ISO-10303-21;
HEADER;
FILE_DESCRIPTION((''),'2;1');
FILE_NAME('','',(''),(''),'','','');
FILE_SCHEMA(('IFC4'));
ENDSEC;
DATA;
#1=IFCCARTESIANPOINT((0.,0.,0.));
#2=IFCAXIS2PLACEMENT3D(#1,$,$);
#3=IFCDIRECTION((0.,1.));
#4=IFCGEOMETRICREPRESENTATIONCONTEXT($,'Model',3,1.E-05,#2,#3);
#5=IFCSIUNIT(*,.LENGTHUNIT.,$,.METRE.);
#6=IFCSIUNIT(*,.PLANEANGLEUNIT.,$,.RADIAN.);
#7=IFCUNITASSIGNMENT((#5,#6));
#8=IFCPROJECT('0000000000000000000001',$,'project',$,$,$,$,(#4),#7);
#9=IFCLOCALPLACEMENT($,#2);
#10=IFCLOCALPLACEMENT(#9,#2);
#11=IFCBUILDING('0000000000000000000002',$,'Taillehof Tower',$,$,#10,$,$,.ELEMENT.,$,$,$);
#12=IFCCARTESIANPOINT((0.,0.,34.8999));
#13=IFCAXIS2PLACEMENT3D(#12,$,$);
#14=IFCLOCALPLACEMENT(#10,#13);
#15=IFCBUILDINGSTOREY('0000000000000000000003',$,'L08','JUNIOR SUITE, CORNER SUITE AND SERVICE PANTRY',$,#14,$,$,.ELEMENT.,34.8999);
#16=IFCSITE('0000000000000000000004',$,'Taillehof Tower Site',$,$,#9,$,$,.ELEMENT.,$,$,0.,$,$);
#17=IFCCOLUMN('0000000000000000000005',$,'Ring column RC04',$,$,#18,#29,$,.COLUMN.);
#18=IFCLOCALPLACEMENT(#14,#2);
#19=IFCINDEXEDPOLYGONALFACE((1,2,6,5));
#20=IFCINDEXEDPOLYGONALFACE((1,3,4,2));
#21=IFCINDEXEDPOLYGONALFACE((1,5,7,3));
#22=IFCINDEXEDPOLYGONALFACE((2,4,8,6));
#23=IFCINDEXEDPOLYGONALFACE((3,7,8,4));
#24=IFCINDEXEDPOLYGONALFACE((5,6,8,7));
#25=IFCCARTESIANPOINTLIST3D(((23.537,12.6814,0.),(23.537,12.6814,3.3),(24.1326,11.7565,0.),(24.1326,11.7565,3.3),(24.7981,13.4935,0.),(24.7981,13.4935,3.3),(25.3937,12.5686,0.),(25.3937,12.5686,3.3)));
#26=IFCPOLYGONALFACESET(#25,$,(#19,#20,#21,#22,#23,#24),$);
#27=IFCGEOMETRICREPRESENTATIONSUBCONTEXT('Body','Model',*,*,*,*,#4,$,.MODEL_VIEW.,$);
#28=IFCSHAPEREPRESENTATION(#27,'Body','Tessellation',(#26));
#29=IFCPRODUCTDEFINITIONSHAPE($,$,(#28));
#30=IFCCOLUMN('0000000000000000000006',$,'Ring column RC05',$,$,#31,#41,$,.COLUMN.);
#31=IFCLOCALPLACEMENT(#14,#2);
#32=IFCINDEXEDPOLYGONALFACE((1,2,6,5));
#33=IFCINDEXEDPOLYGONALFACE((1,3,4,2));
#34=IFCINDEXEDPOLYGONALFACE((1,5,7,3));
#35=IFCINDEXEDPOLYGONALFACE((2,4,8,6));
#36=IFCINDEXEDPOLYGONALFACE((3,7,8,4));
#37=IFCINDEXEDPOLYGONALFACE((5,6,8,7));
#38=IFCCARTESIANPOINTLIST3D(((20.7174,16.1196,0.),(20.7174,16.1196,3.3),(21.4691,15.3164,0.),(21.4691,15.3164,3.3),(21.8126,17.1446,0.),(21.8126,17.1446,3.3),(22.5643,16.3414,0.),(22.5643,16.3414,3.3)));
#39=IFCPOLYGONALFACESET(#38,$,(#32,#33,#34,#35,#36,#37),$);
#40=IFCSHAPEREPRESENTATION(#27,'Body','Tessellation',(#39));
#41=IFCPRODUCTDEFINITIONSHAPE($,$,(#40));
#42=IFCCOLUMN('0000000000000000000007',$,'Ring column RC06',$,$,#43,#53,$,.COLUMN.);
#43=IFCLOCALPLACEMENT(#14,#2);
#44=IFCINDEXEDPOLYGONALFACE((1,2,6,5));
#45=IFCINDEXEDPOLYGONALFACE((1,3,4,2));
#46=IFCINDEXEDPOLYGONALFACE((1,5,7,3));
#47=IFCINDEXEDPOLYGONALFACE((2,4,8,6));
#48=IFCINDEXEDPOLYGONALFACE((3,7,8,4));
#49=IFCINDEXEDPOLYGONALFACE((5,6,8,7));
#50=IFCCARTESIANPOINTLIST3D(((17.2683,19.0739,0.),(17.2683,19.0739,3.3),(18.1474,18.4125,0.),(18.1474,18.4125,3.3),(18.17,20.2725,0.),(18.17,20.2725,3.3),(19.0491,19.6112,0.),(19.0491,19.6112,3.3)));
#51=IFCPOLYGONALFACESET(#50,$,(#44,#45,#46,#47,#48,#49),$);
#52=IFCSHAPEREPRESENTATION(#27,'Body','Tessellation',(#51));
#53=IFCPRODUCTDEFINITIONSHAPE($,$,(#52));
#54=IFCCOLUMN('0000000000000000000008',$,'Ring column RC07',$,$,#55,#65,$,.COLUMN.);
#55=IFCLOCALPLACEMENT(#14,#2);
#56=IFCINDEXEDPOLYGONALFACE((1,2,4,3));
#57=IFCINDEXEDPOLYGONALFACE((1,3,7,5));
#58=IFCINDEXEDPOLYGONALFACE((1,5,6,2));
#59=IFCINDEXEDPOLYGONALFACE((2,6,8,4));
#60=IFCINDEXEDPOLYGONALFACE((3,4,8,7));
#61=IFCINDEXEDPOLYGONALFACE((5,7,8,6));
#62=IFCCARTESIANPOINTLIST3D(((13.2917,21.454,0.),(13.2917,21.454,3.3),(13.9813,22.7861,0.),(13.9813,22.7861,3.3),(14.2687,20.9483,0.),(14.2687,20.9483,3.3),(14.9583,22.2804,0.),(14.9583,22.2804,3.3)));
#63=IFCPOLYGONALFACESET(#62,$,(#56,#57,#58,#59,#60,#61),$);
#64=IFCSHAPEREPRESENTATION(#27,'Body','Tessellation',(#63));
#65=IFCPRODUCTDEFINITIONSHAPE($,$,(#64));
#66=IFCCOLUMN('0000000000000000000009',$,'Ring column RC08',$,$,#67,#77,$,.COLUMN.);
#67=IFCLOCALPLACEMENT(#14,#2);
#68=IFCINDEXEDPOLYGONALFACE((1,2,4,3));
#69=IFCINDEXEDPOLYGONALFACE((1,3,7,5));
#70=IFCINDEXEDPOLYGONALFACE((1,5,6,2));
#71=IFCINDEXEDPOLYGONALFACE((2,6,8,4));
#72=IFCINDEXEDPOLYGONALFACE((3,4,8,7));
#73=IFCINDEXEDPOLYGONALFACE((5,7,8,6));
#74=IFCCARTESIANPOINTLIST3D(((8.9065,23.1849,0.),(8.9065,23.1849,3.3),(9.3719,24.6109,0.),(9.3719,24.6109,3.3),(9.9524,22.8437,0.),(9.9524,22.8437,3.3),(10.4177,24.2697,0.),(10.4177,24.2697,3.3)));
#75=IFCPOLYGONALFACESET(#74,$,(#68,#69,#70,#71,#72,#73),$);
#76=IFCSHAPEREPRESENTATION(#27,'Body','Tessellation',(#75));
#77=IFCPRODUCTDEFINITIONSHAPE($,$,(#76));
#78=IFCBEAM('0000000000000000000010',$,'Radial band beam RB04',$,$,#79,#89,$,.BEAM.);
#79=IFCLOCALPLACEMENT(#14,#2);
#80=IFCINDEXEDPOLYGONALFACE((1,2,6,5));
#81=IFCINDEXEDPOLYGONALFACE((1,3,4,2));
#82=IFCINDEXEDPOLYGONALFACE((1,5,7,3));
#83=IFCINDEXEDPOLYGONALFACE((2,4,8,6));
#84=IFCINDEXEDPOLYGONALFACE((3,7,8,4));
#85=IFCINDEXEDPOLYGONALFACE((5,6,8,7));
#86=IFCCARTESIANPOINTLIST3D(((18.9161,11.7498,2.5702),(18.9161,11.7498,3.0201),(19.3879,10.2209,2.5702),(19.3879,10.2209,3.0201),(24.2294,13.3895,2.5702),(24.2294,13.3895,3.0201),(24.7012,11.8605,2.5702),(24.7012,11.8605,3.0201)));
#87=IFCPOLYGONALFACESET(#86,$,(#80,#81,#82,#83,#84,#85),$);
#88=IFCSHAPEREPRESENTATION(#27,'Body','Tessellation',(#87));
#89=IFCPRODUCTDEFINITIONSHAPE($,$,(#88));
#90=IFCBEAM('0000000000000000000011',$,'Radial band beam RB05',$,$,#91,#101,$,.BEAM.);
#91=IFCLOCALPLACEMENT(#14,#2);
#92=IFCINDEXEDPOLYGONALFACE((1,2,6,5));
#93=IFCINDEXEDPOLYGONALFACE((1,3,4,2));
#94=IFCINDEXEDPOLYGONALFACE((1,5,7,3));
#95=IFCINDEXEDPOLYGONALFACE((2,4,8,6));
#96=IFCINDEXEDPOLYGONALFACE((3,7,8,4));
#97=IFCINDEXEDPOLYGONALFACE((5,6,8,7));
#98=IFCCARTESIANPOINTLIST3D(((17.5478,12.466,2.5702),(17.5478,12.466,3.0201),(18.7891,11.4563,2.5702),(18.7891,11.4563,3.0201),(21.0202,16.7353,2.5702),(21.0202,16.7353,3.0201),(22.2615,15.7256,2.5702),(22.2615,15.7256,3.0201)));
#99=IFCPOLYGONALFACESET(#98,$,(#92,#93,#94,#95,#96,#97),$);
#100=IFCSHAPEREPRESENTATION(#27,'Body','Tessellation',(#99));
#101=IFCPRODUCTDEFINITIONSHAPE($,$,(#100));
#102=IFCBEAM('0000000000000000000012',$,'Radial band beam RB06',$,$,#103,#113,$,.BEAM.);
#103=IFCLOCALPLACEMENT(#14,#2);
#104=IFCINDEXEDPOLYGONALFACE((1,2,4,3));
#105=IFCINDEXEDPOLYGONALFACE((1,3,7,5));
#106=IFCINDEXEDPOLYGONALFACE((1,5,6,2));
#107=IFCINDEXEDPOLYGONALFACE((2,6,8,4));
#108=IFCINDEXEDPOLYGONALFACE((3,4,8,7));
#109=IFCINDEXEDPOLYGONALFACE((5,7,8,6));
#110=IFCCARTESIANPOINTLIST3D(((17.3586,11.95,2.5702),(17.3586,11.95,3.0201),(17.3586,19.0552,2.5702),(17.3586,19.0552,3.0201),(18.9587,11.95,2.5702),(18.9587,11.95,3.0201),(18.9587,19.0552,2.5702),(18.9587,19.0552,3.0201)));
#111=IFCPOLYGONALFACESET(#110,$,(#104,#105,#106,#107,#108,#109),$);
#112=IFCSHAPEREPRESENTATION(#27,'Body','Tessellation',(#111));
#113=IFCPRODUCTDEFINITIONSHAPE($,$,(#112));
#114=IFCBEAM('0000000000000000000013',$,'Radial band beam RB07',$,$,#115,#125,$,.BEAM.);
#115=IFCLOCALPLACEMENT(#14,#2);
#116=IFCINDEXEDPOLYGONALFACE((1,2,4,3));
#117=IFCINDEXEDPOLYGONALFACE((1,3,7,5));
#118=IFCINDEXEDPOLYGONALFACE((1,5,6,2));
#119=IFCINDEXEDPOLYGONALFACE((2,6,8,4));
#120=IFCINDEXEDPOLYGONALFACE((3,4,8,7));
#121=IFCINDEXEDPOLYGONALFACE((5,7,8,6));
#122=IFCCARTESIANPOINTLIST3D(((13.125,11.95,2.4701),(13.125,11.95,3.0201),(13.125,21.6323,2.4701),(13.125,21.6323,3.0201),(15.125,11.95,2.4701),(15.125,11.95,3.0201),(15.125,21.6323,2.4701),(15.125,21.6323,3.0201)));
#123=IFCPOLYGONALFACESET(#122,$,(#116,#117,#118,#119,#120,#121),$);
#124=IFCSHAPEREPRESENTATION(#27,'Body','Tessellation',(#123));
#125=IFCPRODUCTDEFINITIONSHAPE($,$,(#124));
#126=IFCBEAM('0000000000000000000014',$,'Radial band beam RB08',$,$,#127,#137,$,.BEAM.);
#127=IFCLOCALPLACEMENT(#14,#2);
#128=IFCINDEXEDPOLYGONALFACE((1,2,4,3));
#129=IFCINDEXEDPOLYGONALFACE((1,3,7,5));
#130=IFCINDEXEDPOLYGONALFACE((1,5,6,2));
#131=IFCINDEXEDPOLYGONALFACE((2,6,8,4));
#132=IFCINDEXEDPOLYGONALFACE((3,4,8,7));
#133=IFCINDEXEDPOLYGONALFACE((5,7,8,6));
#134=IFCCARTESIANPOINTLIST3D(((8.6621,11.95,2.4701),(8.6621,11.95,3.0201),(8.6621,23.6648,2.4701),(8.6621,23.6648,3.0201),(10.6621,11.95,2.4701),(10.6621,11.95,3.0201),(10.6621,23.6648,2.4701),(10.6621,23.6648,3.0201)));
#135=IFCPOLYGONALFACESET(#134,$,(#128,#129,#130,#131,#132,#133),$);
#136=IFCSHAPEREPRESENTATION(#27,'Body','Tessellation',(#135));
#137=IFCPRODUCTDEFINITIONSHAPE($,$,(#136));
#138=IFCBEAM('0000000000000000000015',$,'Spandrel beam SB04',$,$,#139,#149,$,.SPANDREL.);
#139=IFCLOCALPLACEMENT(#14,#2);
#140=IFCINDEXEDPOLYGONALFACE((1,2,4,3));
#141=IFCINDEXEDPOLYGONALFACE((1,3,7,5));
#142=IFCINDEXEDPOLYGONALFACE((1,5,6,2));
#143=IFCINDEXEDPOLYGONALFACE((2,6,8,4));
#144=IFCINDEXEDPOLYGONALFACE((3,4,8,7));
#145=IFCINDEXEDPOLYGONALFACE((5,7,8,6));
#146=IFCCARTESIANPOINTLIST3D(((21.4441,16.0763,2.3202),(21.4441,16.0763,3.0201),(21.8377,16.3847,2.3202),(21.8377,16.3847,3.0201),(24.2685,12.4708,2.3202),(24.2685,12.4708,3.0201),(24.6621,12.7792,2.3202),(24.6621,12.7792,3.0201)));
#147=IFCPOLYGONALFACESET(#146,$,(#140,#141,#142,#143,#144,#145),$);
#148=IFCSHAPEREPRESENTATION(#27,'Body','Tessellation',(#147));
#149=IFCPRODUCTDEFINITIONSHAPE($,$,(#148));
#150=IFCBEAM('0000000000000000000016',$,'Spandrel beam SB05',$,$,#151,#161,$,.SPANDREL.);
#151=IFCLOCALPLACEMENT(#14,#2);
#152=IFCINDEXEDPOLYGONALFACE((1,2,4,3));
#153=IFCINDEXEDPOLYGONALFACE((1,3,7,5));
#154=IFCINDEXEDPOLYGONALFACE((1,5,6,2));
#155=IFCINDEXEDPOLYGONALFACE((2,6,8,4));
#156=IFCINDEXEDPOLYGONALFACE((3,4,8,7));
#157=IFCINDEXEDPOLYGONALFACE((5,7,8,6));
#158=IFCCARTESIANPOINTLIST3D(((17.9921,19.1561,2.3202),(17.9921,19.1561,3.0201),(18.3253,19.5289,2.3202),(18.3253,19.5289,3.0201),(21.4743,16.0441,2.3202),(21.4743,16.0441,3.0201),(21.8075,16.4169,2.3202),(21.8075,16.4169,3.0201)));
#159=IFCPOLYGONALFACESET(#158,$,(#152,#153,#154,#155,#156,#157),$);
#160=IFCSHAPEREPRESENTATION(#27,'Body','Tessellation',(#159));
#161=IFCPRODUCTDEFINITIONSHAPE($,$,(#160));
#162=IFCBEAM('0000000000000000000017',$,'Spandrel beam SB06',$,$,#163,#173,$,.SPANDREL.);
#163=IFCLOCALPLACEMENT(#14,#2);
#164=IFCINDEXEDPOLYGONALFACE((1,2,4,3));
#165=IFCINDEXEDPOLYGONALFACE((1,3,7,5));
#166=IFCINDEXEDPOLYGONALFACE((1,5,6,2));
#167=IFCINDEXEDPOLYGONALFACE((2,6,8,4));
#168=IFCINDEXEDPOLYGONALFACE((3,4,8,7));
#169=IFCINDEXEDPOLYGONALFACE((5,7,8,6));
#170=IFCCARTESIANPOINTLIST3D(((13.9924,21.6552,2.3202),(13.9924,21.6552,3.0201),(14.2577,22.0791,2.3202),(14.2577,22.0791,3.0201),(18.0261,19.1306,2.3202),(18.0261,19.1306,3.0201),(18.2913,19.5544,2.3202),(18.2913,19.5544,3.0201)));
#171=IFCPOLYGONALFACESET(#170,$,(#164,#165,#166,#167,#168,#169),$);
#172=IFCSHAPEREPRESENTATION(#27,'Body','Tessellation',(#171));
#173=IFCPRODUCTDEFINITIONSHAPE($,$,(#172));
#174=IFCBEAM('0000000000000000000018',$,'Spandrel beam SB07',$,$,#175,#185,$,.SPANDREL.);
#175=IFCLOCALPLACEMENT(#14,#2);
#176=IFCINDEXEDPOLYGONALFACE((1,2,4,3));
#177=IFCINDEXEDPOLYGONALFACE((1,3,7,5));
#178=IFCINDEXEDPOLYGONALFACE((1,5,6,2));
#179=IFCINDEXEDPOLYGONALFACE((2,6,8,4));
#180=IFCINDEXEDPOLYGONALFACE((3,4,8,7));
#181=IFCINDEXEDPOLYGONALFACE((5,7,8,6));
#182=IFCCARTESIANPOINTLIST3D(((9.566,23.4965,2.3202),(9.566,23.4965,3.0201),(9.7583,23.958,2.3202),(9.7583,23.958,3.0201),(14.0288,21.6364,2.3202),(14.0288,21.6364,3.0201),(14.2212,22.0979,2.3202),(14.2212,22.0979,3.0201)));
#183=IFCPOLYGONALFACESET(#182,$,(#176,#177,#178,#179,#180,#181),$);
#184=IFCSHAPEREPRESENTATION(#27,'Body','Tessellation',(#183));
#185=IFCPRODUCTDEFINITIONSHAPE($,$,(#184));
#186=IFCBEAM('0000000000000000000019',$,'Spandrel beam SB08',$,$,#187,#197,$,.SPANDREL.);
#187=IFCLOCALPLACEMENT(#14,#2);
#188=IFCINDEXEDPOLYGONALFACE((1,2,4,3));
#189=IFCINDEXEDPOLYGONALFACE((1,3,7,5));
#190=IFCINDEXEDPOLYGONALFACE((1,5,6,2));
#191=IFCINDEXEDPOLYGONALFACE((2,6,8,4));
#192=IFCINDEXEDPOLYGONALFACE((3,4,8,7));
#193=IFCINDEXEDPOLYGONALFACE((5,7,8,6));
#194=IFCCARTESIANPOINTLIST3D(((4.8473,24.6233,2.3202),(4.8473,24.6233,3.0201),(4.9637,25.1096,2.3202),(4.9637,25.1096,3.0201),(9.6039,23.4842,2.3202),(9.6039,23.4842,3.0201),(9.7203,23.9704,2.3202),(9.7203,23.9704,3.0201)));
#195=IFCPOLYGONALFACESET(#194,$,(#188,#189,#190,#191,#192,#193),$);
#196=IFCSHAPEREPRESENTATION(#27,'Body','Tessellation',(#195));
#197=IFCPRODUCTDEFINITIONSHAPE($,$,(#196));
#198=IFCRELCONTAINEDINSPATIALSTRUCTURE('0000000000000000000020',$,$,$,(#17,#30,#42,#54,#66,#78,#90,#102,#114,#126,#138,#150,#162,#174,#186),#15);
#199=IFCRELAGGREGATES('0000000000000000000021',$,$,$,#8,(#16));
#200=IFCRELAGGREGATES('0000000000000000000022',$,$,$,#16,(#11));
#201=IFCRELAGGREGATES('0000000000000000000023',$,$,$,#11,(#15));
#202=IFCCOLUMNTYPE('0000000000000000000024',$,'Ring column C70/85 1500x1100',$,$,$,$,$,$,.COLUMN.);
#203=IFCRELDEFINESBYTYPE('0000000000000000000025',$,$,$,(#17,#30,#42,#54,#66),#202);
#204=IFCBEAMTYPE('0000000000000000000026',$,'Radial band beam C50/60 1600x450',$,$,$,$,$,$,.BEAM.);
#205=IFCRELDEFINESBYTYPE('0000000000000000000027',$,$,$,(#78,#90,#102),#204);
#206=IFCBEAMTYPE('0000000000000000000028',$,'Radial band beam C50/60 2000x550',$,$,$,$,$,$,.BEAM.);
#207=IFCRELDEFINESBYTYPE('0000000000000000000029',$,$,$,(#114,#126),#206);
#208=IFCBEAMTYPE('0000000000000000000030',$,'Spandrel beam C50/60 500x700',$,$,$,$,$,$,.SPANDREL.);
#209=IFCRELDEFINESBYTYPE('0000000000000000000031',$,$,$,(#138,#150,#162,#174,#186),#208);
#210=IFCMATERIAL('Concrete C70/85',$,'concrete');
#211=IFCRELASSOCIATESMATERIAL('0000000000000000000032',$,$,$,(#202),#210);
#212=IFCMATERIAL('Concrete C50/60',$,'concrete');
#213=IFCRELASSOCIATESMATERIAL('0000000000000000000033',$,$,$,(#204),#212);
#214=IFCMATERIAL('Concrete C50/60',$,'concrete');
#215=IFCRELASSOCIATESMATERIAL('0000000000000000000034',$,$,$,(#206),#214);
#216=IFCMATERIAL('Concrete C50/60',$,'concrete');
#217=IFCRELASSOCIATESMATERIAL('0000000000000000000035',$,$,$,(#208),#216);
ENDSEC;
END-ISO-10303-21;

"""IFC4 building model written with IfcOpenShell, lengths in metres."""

from ifc_helpers import new_model, si_unit, direction, frame, origin, origin_2d, place, context, subcontext, project, spatial, rectangle, extrude, material, material_profile, profile_set, type_object, element, save


model = new_model("IFC4")

# Units and contexts
model_context = context("Model", 3, precision=1e-05, world=origin(), true_north=direction((0.0, 1.0)))
body_context = subcontext(model_context, "Body", "Model", "MODEL_VIEW")
ifc_project = project(units=[si_unit("LENGTHUNIT", "METRE"), si_unit("PLANEANGLEUNIT", "RADIAN")], contexts=[model_context])

# Site, building, storey
site_placement = place(None, origin())
site = spatial("IfcSite", under=ifc_project, at=site_placement, Name="Taillehof Tower Site", CompositionType="ELEMENT", RefElevation=0.0)
building_placement = place(site_placement, origin())
building = spatial("IfcBuilding", under=site, at=building_placement, Name="Taillehof Tower", CompositionType="ELEMENT")
storey_placement = place(building_placement, frame((0.0, 0.0, 34.8999)))
storey = spatial("IfcBuildingStorey", under=building, at=storey_placement, Name="L08", Description="JUNIOR SUITE, CORNER SUITE AND SERVICE PANTRY", CompositionType="ELEMENT", Elevation=34.8999)

# Columns
ifc_material_1 = material(Name="Concrete C70/85", Category="concrete")
ifc_material_profile_1 = material_profile(ifc_material_1, rectangle(XDim=1.5, YDim=1.1001, at=origin_2d()), Name="RC 1500x1100")
ifc_profile_set_1 = profile_set([ifc_material_profile_1], Name="Concrete C70/85")
column_type = type_object("IfcColumnType", Name="Ring column C70/85 1500x1100", PredefinedType="COLUMN", material=ifc_profile_set_1)
for number, where, z_axis, x_axis, name in (
    (1, (24.4653, 12.625, 0.0), (0.0, 0.0, 1.0), (0.840754, 0.541418, 0.0), "Ring column RC04"),
    (2, (21.6409, 16.2305, 0.0), (0.0, 0.0, 1.0), (0.730113, 0.683326, 0.0), "Ring column RC05"),
    (3, (18.1587, 19.3425, 0.0), (0.0, 0.0, 1.0), (0.601174, 0.799118, 0.0), "Ring column RC06"),
    (4, (14.125, 21.8672, 0.0), (0.0, 0.0, 1.0), (0.459691, 0.888079, 0.0), "Ring column RC07"),
    (5, (9.6621, 23.7273, 0.0), (0.0, 0.0, 1.0), (0.310219, 0.950665, 0.0), "Ring column RC08"),
):
    element("IfcColumn", number, at=place(storey_placement, frame(where, z_axis=z_axis, x_axis=x_axis)), inside=storey, type_object=column_type, Name=name, PredefinedType="COLUMN", context=body_context, shape_type="SweptSolid", body=[
        extrude(rectangle(XDim=1.5, YDim=1.1001, at=origin_2d()), origin(), (0.0, 0.0, 1.0), 3.3),
    ])

# Beams
ifc_material_2 = material(Name="Concrete C50/60", Category="concrete")
ifc_material_profile_2 = material_profile(ifc_material_2, rectangle(XDim=1.6001, YDim=0.45, at=origin_2d()), Name="RC 1600x450")
ifc_profile_set_2 = profile_set([ifc_material_profile_2], Name="Concrete C50/60")
beam_type_1 = type_object("IfcBeamType", Name="Radial band beam C50/60 1600x450", PredefinedType="BEAM", material=ifc_profile_set_2)
beam_1_placement = place(storey_placement, frame((24.4653, 12.625, 2.7952), z_axis=(-0.955536, -0.294876, 0.0), x_axis=(0.294876, -0.955536, 0.0)))
element("IfcBeam", 6, at=beam_1_placement, inside=storey, type_object=beam_type_1, Name="Radial band beam RB04", PredefinedType="BEAM", context=body_context, shape_type="SweptSolid", body=[
    extrude(rectangle(XDim=1.6001, YDim=0.45, at=origin_2d()), origin(), (0.0, 0.0, 1.0), 5.5605),
])
beam_2_placement = place(storey_placement, frame((21.6409, 16.2305, 2.7952), z_axis=(-0.630988, -0.775792, 0.0), x_axis=(0.775792, -0.630988, 0.0)))
element("IfcBeam", 7, at=beam_2_placement, inside=storey, type_object=beam_type_1, Name="Radial band beam RB05", PredefinedType="BEAM", context=body_context, shape_type="SweptSolid", body=[
    extrude(rectangle(XDim=1.6001, YDim=0.45, at=origin_2d()), origin(), (0.0, 0.0, 1.0), 5.5032),
])
beam_3_placement = place(storey_placement, frame((18.1587, 19.0552, 2.7952), z_axis=(0.0, -1.0, 0.0), x_axis=(1.0, 0.0, 0.0)))
element("IfcBeam", 8, at=beam_3_placement, inside=storey, type_object=beam_type_1, Name="Radial band beam RB06", PredefinedType="BEAM", context=body_context, shape_type="SweptSolid", body=[
    extrude(rectangle(XDim=1.6001, YDim=0.45, at=origin_2d()), origin(), (0.0, 0.0, 1.0), 7.1052),
])
ifc_material_3 = material(Name="Concrete C50/60", Category="concrete")
ifc_material_profile_3 = material_profile(ifc_material_3, rectangle(XDim=2.0, YDim=0.55, at=origin_2d()), Name="RC 2000x550")
ifc_profile_set_3 = profile_set([ifc_material_profile_3], Name="Concrete C50/60")
beam_type_2 = type_object("IfcBeamType", Name="Radial band beam C50/60 2000x550", PredefinedType="BEAM", material=ifc_profile_set_3)
beam_4_placement = place(storey_placement, frame((14.125, 21.6323, 2.7451), z_axis=(0.0, -1.0, 0.0), x_axis=(1.0, 0.0, 0.0)))
element("IfcBeam", 9, at=beam_4_placement, inside=storey, type_object=beam_type_2, Name="Radial band beam RB07", PredefinedType="BEAM", context=body_context, shape_type="SweptSolid", body=[
    extrude(rectangle(XDim=2.0, YDim=0.55, at=origin_2d()), origin(), (0.0, 0.0, 1.0), 9.6824),
])
beam_5_placement = place(storey_placement, frame((9.6621, 23.6648, 2.7451), z_axis=(0.0, -1.0, 0.0), x_axis=(1.0, 0.0, 0.0)))
element("IfcBeam", 10, at=beam_5_placement, inside=storey, type_object=beam_type_2, Name="Radial band beam RB08", PredefinedType="BEAM", context=body_context, shape_type="SweptSolid", body=[
    extrude(rectangle(XDim=2.0, YDim=0.55, at=origin_2d()), origin(), (0.0, 0.0, 1.0), 11.7148),
])
ifc_material_4 = material(Name="Concrete C50/60", Category="concrete")
ifc_material_profile_4 = material_profile(ifc_material_4, rectangle(XDim=0.5, YDim=0.7, at=origin_2d()), Name="RC 500x700")
ifc_profile_set_4 = profile_set([ifc_material_profile_4], Name="Concrete C50/60")
beam_type_3 = type_object("IfcBeamType", Name="Spandrel beam C50/60 500x700", PredefinedType="SPANDREL", material=ifc_profile_set_4)
beam_6_placement = place(storey_placement, frame((24.4653, 12.625, 2.6702), z_axis=(-0.616686, 0.787209, 0.0), x_axis=(-0.787209, -0.616686, 0.0)))
element("IfcBeam", 11, at=beam_6_placement, inside=storey, type_object=beam_type_3, Name="Spandrel beam SB04", PredefinedType="SPANDREL", context=body_context, shape_type="SweptSolid", body=[
    extrude(rectangle(XDim=0.5, YDim=0.7, at=origin_2d()), origin(), (0.0, 0.0, 1.0), 4.5801),
])
beam_7_placement = place(storey_placement, frame((21.6409, 16.2305, 2.6702), z_axis=(-0.745621, 0.66637, 0.0), x_axis=(-0.66637, -0.745621, 0.0)))
element("IfcBeam", 12, at=beam_7_placement, inside=storey, type_object=beam_type_3, Name="Spandrel beam SB05", PredefinedType="SPANDREL", context=body_context, shape_type="SweptSolid", body=[
    extrude(rectangle(XDim=0.5, YDim=0.7, at=origin_2d()), origin(), (0.0, 0.0, 1.0), 4.6702),
])
beam_8_placement = place(storey_placement, frame((18.1587, 19.3425, 2.6702), z_axis=(-0.847658, 0.530543, 0.0), x_axis=(-0.530543, -0.847658, 0.0)))
element("IfcBeam", 13, at=beam_8_placement, inside=storey, type_object=beam_type_3, Name="Spandrel beam SB06", PredefinedType="SPANDREL", context=body_context, shape_type="SweptSolid", body=[
    extrude(rectangle(XDim=0.5, YDim=0.7, at=origin_2d()), origin(), (0.0, 0.0, 1.0), 4.7585),
])
beam_9_placement = place(storey_placement, frame((14.125, 21.8672, 2.6702), z_axis=(-0.923035, 0.384716, 0.0), x_axis=(-0.384716, -0.923035, 0.0)))
element("IfcBeam", 14, at=beam_9_placement, inside=storey, type_object=beam_type_3, Name="Spandrel beam SB07", PredefinedType="SPANDREL", context=body_context, shape_type="SweptSolid", body=[
    extrude(rectangle(XDim=0.5, YDim=0.7, at=origin_2d()), origin(), (0.0, 0.0, 1.0), 4.835),
])
beam_10_placement = place(storey_placement, frame((9.6621, 23.7273, 2.6702), z_axis=(-0.9725, 0.232905, 0.0), x_axis=(-0.232905, -0.9725, 0.0)))
element("IfcBeam", 15, at=beam_10_placement, inside=storey, type_object=beam_type_3, Name="Spandrel beam SB08", PredefinedType="SPANDREL", context=body_context, shape_type="SweptSolid", body=[
    extrude(rectangle(XDim=0.5, YDim=0.7, at=origin_2d()), origin(), (0.0, 0.0, 1.0), 4.8911),
])

save(model, "model.ifc")
